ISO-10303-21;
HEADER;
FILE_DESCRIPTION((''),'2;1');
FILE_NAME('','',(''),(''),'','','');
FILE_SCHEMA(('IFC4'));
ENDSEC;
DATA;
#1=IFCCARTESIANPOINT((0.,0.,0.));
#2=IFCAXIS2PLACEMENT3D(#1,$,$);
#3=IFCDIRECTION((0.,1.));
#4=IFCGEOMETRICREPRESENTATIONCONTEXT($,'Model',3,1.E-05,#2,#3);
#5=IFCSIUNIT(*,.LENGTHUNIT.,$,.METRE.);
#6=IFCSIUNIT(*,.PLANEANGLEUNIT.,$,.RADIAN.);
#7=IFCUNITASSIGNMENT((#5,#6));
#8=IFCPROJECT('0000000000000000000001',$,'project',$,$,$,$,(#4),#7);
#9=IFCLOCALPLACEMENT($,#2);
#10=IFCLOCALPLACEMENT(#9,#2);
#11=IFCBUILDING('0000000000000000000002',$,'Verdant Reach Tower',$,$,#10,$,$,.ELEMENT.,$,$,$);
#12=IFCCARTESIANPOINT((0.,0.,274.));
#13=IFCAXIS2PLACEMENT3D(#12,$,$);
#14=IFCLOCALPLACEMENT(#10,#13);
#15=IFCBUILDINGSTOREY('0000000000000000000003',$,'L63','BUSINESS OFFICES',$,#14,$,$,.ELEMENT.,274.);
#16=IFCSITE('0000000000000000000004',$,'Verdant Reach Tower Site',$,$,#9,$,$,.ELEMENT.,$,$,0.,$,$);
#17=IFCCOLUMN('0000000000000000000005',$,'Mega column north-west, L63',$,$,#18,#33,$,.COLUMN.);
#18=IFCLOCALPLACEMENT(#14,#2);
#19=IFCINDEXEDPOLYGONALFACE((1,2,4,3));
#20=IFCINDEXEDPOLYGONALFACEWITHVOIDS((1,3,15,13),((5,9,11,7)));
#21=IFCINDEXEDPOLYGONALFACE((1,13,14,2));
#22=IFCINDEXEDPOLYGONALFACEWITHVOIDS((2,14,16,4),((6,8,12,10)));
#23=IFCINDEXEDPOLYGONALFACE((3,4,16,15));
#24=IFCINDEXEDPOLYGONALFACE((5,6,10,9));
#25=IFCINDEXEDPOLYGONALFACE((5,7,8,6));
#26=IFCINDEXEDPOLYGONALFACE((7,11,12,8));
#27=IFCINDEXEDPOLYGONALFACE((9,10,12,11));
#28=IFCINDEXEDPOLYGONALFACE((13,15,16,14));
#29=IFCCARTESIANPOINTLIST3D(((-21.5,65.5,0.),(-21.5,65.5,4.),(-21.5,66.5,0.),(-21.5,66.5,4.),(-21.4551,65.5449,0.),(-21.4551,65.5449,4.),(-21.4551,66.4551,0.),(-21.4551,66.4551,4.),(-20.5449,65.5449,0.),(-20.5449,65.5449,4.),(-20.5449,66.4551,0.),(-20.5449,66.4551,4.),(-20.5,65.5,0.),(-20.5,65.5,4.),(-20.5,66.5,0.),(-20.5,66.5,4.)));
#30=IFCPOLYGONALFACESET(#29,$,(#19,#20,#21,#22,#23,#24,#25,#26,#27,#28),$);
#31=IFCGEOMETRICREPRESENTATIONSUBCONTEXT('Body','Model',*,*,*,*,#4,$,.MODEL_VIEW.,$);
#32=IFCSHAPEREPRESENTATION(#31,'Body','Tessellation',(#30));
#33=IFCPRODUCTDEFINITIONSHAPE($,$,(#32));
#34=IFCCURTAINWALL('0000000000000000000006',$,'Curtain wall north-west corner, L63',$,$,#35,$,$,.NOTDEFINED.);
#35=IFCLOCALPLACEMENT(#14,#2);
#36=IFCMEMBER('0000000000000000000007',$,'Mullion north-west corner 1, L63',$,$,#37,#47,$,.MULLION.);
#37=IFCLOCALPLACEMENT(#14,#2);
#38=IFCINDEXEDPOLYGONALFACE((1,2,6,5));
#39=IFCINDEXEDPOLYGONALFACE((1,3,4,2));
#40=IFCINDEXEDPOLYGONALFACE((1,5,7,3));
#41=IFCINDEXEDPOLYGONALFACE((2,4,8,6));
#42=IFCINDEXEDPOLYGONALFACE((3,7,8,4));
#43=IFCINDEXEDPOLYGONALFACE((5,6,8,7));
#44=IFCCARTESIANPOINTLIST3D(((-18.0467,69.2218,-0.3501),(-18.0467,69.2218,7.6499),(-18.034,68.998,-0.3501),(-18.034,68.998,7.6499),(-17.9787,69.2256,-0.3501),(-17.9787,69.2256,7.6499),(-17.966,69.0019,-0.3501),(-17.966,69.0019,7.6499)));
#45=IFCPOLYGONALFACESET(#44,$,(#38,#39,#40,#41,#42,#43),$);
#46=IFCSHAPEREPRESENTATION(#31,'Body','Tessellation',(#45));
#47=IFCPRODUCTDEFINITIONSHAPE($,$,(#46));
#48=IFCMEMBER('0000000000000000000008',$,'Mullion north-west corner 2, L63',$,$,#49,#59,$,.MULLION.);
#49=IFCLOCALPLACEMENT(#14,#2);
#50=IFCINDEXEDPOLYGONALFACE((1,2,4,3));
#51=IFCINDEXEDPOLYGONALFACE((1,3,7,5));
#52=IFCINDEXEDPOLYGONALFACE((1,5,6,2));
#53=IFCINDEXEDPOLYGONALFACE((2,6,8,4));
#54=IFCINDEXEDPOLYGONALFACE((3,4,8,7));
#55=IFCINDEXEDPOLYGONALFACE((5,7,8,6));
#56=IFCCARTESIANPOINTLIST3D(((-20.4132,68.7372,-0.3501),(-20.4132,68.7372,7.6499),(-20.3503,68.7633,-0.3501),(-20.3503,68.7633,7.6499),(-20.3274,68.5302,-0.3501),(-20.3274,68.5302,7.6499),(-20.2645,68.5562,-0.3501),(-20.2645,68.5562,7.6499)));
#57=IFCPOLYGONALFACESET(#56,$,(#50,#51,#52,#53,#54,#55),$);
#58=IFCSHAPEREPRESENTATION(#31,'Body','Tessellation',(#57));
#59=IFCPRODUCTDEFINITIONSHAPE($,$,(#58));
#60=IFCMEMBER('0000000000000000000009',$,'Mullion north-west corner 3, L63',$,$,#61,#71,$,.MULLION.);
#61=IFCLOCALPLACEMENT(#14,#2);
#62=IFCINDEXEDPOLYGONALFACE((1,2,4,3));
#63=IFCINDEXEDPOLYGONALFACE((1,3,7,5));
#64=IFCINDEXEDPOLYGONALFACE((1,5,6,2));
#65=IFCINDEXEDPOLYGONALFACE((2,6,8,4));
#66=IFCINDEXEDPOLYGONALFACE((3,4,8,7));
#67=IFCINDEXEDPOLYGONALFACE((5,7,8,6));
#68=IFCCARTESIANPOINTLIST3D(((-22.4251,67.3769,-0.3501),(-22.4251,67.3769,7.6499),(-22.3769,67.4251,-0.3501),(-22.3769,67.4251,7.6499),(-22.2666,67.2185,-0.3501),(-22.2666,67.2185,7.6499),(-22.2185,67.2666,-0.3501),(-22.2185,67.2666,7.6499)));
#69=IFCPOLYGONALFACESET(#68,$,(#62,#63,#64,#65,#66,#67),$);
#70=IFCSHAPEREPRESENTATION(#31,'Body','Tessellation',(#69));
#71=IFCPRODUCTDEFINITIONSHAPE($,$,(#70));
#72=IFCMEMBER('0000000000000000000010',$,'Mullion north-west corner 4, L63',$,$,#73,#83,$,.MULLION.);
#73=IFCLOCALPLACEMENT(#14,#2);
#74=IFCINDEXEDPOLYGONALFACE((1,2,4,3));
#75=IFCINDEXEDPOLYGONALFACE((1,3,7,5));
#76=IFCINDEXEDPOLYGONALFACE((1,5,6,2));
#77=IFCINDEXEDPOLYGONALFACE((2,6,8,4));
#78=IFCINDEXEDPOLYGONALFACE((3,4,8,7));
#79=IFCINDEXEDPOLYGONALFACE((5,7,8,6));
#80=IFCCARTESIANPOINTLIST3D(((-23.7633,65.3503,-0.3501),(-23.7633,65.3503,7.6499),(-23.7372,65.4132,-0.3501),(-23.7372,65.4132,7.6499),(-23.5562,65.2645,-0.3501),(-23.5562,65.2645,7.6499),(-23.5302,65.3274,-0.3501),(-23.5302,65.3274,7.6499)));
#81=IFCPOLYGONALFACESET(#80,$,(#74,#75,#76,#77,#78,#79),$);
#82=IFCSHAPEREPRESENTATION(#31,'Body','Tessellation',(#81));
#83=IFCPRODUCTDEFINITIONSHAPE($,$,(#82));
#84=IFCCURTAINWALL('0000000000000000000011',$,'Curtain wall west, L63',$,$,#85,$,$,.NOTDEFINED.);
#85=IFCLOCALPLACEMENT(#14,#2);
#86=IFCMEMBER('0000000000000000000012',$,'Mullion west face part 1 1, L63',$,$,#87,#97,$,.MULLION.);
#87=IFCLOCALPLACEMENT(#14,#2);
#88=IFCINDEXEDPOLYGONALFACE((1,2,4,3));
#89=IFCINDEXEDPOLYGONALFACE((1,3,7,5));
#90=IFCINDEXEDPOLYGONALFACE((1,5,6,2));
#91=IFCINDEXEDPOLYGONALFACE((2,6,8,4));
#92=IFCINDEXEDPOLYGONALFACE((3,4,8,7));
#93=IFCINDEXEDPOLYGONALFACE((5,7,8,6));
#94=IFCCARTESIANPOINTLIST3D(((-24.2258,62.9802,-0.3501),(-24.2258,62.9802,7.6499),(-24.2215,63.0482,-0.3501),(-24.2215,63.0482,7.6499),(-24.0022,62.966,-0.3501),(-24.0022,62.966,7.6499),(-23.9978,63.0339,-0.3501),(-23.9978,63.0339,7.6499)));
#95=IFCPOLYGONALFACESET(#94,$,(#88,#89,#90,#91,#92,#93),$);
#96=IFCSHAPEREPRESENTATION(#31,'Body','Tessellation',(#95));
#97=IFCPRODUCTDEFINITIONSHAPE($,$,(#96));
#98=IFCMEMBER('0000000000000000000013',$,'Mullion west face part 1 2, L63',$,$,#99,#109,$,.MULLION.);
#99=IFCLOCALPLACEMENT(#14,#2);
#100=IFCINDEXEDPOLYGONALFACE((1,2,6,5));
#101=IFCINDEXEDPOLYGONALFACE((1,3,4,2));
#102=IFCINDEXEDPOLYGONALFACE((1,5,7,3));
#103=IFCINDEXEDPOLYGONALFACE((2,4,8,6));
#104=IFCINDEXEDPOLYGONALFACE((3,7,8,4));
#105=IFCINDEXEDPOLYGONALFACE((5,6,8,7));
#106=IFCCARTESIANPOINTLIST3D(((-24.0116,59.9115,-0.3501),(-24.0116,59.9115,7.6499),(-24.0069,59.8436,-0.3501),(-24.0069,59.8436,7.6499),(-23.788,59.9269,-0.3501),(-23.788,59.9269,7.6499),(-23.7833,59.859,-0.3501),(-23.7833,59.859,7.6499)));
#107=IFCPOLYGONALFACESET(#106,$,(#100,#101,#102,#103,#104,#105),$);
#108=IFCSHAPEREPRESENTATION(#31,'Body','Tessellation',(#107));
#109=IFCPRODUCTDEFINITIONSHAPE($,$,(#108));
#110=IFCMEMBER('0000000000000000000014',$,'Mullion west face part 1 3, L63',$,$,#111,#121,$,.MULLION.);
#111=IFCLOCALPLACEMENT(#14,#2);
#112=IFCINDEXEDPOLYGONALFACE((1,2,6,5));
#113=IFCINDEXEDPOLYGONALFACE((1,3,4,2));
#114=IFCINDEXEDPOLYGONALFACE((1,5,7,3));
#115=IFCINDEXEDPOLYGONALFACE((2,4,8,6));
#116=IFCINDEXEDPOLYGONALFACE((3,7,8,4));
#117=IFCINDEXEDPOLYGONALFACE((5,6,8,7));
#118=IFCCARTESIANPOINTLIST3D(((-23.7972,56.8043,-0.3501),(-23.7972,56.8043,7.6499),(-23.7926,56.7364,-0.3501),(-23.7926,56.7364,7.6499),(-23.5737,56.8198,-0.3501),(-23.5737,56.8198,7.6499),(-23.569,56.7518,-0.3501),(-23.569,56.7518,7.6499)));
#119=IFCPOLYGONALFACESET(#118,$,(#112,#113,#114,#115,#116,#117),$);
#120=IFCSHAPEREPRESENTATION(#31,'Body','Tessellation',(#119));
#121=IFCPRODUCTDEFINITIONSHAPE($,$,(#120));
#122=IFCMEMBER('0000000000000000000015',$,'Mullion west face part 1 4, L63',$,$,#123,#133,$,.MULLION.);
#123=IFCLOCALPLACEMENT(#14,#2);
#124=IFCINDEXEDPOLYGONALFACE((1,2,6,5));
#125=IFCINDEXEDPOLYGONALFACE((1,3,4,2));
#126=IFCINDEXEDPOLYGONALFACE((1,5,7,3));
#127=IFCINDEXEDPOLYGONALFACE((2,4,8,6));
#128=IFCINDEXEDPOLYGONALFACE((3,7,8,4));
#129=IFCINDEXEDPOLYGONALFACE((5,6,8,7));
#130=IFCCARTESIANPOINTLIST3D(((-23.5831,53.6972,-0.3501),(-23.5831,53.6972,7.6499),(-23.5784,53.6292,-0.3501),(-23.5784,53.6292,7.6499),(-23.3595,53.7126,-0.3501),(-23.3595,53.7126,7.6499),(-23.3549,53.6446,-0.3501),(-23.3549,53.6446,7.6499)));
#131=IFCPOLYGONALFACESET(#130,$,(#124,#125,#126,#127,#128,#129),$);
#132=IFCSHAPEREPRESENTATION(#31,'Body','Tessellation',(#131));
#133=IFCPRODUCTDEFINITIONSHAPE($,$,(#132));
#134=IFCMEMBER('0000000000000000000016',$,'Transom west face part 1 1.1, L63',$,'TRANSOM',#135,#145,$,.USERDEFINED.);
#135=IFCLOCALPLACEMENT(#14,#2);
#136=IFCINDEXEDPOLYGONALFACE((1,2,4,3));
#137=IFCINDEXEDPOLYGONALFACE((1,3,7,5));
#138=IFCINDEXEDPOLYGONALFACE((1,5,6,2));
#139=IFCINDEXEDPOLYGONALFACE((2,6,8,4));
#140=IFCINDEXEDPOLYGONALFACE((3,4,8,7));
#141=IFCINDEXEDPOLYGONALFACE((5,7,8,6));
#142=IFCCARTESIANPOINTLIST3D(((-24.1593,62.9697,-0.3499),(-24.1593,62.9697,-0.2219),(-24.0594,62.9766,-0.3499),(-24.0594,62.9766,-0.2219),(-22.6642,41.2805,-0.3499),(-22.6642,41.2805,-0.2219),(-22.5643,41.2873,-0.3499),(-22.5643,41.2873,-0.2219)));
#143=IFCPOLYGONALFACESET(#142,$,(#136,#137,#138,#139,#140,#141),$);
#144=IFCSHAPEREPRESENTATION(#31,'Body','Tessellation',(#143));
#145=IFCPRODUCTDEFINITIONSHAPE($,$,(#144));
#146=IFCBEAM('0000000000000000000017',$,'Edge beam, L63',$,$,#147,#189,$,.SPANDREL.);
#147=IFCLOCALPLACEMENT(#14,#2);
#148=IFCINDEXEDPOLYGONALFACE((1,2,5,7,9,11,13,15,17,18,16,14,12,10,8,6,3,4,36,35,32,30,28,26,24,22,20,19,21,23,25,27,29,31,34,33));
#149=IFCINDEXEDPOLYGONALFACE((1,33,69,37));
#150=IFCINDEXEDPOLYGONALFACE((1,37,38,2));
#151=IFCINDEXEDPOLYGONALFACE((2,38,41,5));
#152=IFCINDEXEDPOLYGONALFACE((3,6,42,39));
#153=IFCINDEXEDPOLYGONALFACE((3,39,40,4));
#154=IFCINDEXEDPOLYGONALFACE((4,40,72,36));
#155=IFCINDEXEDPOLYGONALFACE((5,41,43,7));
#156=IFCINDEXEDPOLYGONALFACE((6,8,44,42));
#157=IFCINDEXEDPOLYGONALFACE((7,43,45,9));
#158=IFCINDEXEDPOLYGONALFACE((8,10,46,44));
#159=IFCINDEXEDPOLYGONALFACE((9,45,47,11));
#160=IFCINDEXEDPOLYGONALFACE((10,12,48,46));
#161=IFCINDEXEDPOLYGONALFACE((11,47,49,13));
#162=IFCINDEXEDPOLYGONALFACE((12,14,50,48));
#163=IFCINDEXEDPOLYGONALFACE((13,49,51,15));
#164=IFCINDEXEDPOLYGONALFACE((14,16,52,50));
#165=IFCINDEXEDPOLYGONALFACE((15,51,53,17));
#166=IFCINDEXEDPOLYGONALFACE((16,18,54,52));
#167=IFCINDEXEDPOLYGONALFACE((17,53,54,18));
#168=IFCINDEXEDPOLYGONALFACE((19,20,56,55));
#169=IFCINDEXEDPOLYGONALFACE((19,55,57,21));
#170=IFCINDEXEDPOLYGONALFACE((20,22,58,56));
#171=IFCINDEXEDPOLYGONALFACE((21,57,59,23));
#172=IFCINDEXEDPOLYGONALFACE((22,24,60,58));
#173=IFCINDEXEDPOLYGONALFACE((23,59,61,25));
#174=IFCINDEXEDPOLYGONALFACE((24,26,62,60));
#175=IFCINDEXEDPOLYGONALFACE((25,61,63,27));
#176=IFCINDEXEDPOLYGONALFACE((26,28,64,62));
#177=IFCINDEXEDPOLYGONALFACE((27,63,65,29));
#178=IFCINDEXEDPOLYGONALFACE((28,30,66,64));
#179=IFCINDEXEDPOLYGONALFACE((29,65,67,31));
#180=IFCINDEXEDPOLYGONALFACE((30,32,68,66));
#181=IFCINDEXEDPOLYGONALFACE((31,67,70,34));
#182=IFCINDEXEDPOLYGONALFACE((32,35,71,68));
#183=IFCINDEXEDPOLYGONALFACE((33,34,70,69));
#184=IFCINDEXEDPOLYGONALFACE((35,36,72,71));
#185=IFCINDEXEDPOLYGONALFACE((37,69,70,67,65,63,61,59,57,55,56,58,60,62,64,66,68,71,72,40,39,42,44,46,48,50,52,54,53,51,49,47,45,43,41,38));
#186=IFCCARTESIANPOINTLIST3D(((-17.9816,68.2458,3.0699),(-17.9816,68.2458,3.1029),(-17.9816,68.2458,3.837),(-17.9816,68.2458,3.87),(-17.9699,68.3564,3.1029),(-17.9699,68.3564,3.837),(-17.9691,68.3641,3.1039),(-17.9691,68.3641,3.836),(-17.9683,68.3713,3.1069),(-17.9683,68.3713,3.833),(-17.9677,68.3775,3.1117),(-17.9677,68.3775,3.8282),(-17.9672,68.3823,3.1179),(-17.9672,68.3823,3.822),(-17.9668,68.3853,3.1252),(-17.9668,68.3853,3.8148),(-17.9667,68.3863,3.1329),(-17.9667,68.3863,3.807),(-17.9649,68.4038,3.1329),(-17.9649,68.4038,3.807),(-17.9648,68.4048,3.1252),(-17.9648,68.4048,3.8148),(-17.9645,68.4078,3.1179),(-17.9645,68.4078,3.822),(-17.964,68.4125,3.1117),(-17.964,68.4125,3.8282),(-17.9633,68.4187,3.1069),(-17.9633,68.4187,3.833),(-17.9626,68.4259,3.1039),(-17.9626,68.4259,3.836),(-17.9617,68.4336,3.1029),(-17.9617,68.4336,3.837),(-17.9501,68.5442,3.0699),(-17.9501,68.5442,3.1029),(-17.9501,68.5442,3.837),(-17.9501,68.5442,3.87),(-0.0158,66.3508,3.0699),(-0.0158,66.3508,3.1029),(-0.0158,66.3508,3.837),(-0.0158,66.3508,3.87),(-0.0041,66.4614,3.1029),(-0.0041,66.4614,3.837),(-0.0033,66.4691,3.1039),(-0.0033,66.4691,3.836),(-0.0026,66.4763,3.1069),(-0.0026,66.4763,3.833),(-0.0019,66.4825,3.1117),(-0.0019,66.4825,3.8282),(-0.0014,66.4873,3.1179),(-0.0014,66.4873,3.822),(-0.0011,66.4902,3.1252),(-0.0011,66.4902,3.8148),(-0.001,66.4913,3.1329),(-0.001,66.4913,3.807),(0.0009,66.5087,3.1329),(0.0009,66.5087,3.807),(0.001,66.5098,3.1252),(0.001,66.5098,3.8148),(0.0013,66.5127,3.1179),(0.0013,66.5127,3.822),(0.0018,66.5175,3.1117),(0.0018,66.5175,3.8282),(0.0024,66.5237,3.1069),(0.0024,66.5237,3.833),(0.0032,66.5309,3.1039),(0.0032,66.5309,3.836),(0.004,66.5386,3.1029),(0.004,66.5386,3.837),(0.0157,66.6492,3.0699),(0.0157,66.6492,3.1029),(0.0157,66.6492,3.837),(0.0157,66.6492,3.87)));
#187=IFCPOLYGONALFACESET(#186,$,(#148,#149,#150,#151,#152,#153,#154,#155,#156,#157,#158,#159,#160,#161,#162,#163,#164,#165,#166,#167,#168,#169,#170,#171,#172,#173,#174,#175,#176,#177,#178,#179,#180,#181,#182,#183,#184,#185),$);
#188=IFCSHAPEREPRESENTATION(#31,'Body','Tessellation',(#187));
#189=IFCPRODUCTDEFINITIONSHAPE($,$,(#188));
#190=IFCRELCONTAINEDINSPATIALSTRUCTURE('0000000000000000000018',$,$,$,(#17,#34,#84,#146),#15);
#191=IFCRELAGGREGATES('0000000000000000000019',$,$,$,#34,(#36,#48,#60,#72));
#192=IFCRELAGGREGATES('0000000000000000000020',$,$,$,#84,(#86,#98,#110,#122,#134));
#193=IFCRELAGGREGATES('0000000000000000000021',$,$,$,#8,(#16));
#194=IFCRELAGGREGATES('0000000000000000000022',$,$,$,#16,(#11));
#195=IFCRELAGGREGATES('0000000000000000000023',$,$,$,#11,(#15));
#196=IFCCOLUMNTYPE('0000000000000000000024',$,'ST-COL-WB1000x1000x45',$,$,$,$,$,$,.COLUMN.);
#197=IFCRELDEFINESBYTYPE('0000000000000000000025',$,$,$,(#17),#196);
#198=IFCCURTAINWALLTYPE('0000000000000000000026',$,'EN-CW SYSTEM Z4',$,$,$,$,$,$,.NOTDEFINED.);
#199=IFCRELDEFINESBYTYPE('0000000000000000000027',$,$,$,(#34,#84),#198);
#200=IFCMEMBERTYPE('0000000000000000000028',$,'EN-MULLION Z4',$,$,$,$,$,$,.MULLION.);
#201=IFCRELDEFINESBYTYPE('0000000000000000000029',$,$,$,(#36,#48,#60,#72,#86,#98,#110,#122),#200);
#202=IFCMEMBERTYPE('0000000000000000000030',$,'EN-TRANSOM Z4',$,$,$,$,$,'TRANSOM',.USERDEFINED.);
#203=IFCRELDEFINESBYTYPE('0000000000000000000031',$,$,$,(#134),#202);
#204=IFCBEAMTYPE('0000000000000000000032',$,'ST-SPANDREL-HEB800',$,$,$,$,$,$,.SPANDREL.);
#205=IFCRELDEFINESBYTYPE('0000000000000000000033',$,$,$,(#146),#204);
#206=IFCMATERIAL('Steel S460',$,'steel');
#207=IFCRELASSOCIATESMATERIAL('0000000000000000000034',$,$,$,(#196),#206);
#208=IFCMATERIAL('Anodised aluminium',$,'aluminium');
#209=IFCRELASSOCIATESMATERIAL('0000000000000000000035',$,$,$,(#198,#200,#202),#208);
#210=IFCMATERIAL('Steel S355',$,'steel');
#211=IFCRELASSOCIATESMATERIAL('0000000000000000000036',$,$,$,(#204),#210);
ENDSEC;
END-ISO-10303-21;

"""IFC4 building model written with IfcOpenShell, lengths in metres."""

from ifc_helpers import new_model, si_unit, direction, frame, origin, origin_2d, place, context, subcontext, project, spatial, rectangle, hollow_rectangle, i_section, extrude, material, material_profile, profile_set, type_object, element, aggregate, save


model = new_model("IFC4")

# Units and contexts
model_context = context("Model", 3, precision=1e-05, world=origin(), true_north=direction((0.0, 1.0)))
body_context = subcontext(model_context, "Body", "Model", "MODEL_VIEW")
ifc_project = project(units=[si_unit("LENGTHUNIT", "METRE"), si_unit("PLANEANGLEUNIT", "RADIAN")], contexts=[model_context])

# Site, building, storey
site_placement = place(None, origin())
site = spatial("IfcSite", under=ifc_project, at=site_placement, Name="Verdant Reach Tower Site", CompositionType="ELEMENT", RefElevation=0.0)
building_placement = place(site_placement, origin())
building = spatial("IfcBuilding", under=site, at=building_placement, Name="Verdant Reach Tower", CompositionType="ELEMENT")
storey_placement = place(building_placement, frame((0.0, 0.0, 274.0)))
storey = spatial("IfcBuildingStorey", under=building, at=storey_placement, Name="L63", Description="BUSINESS OFFICES", CompositionType="ELEMENT", Elevation=274.0)

# Column
ifc_material_1 = material(Name="Steel S460", Category="steel")
ifc_material_profile_1 = material_profile(ifc_material_1, hollow_rectangle(XDim=1.0, YDim=1.0, WallThickness=0.0449, at=origin_2d()), Name="WB 1000x1000x45")
ifc_profile_set_1 = profile_set([ifc_material_profile_1], Name="Steel S460")
column_type = type_object("IfcColumnType", Name="ST-COL-WB1000x1000x45", PredefinedType="COLUMN", material=ifc_profile_set_1)
column_placement = place(storey_placement, frame((-21.0, 66.0, 0.0), z_axis=(0.0, 0.0, 1.0), x_axis=(1.0, 0.0, 0.0)))
element("IfcColumn", 1, at=column_placement, inside=storey, type_object=column_type, Name="Mega column north-west, L63", PredefinedType="COLUMN", context=body_context, shape_type="SweptSolid", body=[
    extrude(hollow_rectangle(XDim=1.0, YDim=1.0, WallThickness=0.0449, at=origin_2d()), origin(), (0.0, 0.0, 1.0), 4.0),
])

# Curtain walls, members
ifc_material_2 = material(Name="Anodised aluminium", Category="aluminium")
curtain_wall_type = type_object("IfcCurtainWallType", Name="EN-CW SYSTEM Z4", PredefinedType="NOTDEFINED", material=ifc_material_2)
curtain_wall_1_placement = place(storey_placement, origin())
curtain_wall_1 = element("IfcCurtainWall", 2, at=curtain_wall_1_placement, inside=storey, type_object=curtain_wall_type, Name="Curtain wall north-west corner, L63", PredefinedType="NOTDEFINED")
ifc_material_profile_2 = material_profile(ifc_material_2, rectangle(XDim=0.2241, YDim=0.0681, at=origin_2d()), Name="Mullion 68x224")
ifc_profile_set_2 = profile_set([ifc_material_profile_2], Name="Anodised aluminium")
member_type_1 = type_object("IfcMemberType", Name="EN-MULLION Z4", PredefinedType="MULLION", material=ifc_profile_set_2)
member_1_placement = place(storey_placement, frame((-18.0063, 69.1118, -0.3501), z_axis=(0.0, 0.0, 1.0), x_axis=(-0.056569, 0.998399, 0.0)))
member_1 = element("IfcMember", 3, at=member_1_placement, type_object=member_type_1, Name="Mullion north-west corner 1, L63", PredefinedType="MULLION", context=body_context, shape_type="SweptSolid", body=[
    extrude(rectangle(XDim=0.2241, YDim=0.0681, at=origin_2d()), origin(), (0.0, 0.0, 1.0), 8.0),
])
member_2_placement = place(storey_placement, frame((-20.3389, 68.6467, -0.3501), z_axis=(0.0, 0.0, 1.0), x_axis=(-0.382694, 0.923875, 0.0)))
member_2 = element("IfcMember", 4, at=member_2_placement, type_object=member_type_1, Name="Mullion north-west corner 2, L63", PredefinedType="MULLION", context=body_context, shape_type="SweptSolid", body=[
    extrude(rectangle(XDim=0.2241, YDim=0.0681, at=origin_2d()), origin(), (0.0, 0.0, 1.0), 8.0),
])
member_3_placement = place(storey_placement, frame((-22.3218, 67.3218, -0.3501), z_axis=(0.0, 0.0, 1.0), x_axis=(-0.707107, 0.707107, 0.0)))
member_3 = element("IfcMember", 5, at=member_3_placement, type_object=member_type_1, Name="Mullion north-west corner 3, L63", PredefinedType="MULLION", context=body_context, shape_type="SweptSolid", body=[
    extrude(rectangle(XDim=0.2241, YDim=0.0681, at=origin_2d()), origin(), (0.0, 0.0, 1.0), 8.0),
])
member_4_placement = place(storey_placement, frame((-23.6467, 65.3389, -0.3501), z_axis=(0.0, 0.0, 1.0), x_axis=(-0.923875, 0.382694, 0.0)))
member_4 = element("IfcMember", 6, at=member_4_placement, type_object=member_type_1, Name="Mullion north-west corner 4, L63", PredefinedType="MULLION", context=body_context, shape_type="SweptSolid", body=[
    extrude(rectangle(XDim=0.2241, YDim=0.0681, at=origin_2d()), origin(), (0.0, 0.0, 1.0), 8.0),
])
curtain_wall_2_placement = place(storey_placement, origin())
curtain_wall_2 = element("IfcCurtainWall", 7, at=curtain_wall_2_placement, inside=storey, type_object=curtain_wall_type, Name="Curtain wall west, L63", PredefinedType="NOTDEFINED")
member_5_placement = place(storey_placement, frame((-24.1118, 63.0071, -0.3501), z_axis=(0.0, 0.0, 1.0), x_axis=(-0.997969, 0.063699, 0.0)))
member_5 = element("IfcMember", 8, at=member_5_placement, type_object=member_type_1, Name="Mullion west face part 1 1, L63", PredefinedType="MULLION", context=body_context, shape_type="SweptSolid", body=[
    extrude(rectangle(XDim=0.2241, YDim=0.0681, at=origin_2d()), origin(), (0.0, 0.0, 1.0), 8.0),
])
member_6_placement = place(storey_placement, frame((-23.8975, 59.8853, -0.3501), z_axis=(0.0, 0.0, 1.0), x_axis=(-0.99763, -0.068802, 0.0)))
member_6 = element("IfcMember", 9, at=member_6_placement, type_object=member_type_1, Name="Mullion west face part 1 2, L63", PredefinedType="MULLION", context=body_context, shape_type="SweptSolid", body=[
    extrude(rectangle(XDim=0.2241, YDim=0.0681, at=origin_2d()), origin(), (0.0, 0.0, 1.0), 8.0),
])
member_7_placement = place(storey_placement, frame((-23.6831, 56.7781, -0.3501), z_axis=(0.0, 0.0, 1.0), x_axis=(-0.99763, -0.068802, 0.0)))
member_7 = element("IfcMember", 10, at=member_7_placement, type_object=member_type_1, Name="Mullion west face part 1 3, L63", PredefinedType="MULLION", context=body_context, shape_type="SweptSolid", body=[
    extrude(rectangle(XDim=0.2241, YDim=0.0681, at=origin_2d()), origin(), (0.0, 0.0, 1.0), 8.0),
])
member_8_placement = place(storey_placement, frame((-23.469, 53.6709, -0.3501), z_axis=(0.0, 0.0, 1.0), x_axis=(-0.99763, -0.068802, 0.0)))
member_8 = element("IfcMember", 11, at=member_8_placement, type_object=member_type_1, Name="Mullion west face part 1 4, L63", PredefinedType="MULLION", context=body_context, shape_type="SweptSolid", body=[
    extrude(rectangle(XDim=0.2241, YDim=0.0681, at=origin_2d()), origin(), (0.0, 0.0, 1.0), 8.0),
])
ifc_material_profile_3 = material_profile(ifc_material_2, rectangle(XDim=0.1001, YDim=0.1279, at=origin_2d()), Name="Transom 128x100")
ifc_profile_set_3 = profile_set([ifc_material_profile_3], Name="Anodised aluminium")
member_type_2 = type_object("IfcMemberType", Name="EN-TRANSOM Z4", ElementType="TRANSOM", PredefinedType="USERDEFINED", material=ifc_profile_set_3)
member_9_placement = place(storey_placement, frame((-24.1094, 62.9731, -0.2859), z_axis=(0.06877, -0.997633, 0.0), x_axis=(0.997633, 0.06877, 0.0)))
member_9 = element("IfcMember", 12, at=member_9_placement, type_object=member_type_2, Name="Transom west face part 1 1.1, L63", ObjectType="TRANSOM", PredefinedType="USERDEFINED", context=body_context, shape_type="SweptSolid", body=[
    extrude(rectangle(XDim=0.1001, YDim=0.1279, at=origin_2d()), origin(), (0.0, 0.0, 1.0), 21.7407),
])

# Beam
ifc_material_3 = material(Name="Steel S355", Category="steel")
ifc_material_profile_4 = material_profile(ifc_material_3, i_section(OverallWidth=0.3, OverallDepth=0.8, WebThickness=0.0176, FlangeThickness=0.033, FilletRadius=0.03, at=origin_2d()), Name="HEB 800")
ifc_profile_set_4 = profile_set([ifc_material_profile_4], Name="Steel S355")
beam_type_1 = type_object("IfcBeamType", Name="ST-SPANDREL-HEB800", PredefinedType="SPANDREL", material=ifc_profile_set_4)
beam_1_placement = place(storey_placement, frame((-17.9658, 68.395, 3.47), z_axis=(0.994483, -0.104897, 0.0), x_axis=(0.104897, 0.994483, 0.0)))
element("IfcBeam", 13, at=beam_1_placement, inside=storey, type_object=beam_type_1, Name="Edge beam, L63", PredefinedType="SPANDREL", context=body_context, shape_type="SweptSolid", body=[
    extrude(i_section(OverallWidth=0.3, OverallDepth=0.8, WebThickness=0.0176, FlangeThickness=0.033, FilletRadius=0.03, at=origin_2d()), origin(), (0.0, 0.0, 1.0), 18.0654),
])

aggregate(curtain_wall_1, [member_1, member_2, member_3, member_4])

aggregate(curtain_wall_2, [member_5, member_6, member_7, member_8, member_9])

save(model, "model.ifc")
